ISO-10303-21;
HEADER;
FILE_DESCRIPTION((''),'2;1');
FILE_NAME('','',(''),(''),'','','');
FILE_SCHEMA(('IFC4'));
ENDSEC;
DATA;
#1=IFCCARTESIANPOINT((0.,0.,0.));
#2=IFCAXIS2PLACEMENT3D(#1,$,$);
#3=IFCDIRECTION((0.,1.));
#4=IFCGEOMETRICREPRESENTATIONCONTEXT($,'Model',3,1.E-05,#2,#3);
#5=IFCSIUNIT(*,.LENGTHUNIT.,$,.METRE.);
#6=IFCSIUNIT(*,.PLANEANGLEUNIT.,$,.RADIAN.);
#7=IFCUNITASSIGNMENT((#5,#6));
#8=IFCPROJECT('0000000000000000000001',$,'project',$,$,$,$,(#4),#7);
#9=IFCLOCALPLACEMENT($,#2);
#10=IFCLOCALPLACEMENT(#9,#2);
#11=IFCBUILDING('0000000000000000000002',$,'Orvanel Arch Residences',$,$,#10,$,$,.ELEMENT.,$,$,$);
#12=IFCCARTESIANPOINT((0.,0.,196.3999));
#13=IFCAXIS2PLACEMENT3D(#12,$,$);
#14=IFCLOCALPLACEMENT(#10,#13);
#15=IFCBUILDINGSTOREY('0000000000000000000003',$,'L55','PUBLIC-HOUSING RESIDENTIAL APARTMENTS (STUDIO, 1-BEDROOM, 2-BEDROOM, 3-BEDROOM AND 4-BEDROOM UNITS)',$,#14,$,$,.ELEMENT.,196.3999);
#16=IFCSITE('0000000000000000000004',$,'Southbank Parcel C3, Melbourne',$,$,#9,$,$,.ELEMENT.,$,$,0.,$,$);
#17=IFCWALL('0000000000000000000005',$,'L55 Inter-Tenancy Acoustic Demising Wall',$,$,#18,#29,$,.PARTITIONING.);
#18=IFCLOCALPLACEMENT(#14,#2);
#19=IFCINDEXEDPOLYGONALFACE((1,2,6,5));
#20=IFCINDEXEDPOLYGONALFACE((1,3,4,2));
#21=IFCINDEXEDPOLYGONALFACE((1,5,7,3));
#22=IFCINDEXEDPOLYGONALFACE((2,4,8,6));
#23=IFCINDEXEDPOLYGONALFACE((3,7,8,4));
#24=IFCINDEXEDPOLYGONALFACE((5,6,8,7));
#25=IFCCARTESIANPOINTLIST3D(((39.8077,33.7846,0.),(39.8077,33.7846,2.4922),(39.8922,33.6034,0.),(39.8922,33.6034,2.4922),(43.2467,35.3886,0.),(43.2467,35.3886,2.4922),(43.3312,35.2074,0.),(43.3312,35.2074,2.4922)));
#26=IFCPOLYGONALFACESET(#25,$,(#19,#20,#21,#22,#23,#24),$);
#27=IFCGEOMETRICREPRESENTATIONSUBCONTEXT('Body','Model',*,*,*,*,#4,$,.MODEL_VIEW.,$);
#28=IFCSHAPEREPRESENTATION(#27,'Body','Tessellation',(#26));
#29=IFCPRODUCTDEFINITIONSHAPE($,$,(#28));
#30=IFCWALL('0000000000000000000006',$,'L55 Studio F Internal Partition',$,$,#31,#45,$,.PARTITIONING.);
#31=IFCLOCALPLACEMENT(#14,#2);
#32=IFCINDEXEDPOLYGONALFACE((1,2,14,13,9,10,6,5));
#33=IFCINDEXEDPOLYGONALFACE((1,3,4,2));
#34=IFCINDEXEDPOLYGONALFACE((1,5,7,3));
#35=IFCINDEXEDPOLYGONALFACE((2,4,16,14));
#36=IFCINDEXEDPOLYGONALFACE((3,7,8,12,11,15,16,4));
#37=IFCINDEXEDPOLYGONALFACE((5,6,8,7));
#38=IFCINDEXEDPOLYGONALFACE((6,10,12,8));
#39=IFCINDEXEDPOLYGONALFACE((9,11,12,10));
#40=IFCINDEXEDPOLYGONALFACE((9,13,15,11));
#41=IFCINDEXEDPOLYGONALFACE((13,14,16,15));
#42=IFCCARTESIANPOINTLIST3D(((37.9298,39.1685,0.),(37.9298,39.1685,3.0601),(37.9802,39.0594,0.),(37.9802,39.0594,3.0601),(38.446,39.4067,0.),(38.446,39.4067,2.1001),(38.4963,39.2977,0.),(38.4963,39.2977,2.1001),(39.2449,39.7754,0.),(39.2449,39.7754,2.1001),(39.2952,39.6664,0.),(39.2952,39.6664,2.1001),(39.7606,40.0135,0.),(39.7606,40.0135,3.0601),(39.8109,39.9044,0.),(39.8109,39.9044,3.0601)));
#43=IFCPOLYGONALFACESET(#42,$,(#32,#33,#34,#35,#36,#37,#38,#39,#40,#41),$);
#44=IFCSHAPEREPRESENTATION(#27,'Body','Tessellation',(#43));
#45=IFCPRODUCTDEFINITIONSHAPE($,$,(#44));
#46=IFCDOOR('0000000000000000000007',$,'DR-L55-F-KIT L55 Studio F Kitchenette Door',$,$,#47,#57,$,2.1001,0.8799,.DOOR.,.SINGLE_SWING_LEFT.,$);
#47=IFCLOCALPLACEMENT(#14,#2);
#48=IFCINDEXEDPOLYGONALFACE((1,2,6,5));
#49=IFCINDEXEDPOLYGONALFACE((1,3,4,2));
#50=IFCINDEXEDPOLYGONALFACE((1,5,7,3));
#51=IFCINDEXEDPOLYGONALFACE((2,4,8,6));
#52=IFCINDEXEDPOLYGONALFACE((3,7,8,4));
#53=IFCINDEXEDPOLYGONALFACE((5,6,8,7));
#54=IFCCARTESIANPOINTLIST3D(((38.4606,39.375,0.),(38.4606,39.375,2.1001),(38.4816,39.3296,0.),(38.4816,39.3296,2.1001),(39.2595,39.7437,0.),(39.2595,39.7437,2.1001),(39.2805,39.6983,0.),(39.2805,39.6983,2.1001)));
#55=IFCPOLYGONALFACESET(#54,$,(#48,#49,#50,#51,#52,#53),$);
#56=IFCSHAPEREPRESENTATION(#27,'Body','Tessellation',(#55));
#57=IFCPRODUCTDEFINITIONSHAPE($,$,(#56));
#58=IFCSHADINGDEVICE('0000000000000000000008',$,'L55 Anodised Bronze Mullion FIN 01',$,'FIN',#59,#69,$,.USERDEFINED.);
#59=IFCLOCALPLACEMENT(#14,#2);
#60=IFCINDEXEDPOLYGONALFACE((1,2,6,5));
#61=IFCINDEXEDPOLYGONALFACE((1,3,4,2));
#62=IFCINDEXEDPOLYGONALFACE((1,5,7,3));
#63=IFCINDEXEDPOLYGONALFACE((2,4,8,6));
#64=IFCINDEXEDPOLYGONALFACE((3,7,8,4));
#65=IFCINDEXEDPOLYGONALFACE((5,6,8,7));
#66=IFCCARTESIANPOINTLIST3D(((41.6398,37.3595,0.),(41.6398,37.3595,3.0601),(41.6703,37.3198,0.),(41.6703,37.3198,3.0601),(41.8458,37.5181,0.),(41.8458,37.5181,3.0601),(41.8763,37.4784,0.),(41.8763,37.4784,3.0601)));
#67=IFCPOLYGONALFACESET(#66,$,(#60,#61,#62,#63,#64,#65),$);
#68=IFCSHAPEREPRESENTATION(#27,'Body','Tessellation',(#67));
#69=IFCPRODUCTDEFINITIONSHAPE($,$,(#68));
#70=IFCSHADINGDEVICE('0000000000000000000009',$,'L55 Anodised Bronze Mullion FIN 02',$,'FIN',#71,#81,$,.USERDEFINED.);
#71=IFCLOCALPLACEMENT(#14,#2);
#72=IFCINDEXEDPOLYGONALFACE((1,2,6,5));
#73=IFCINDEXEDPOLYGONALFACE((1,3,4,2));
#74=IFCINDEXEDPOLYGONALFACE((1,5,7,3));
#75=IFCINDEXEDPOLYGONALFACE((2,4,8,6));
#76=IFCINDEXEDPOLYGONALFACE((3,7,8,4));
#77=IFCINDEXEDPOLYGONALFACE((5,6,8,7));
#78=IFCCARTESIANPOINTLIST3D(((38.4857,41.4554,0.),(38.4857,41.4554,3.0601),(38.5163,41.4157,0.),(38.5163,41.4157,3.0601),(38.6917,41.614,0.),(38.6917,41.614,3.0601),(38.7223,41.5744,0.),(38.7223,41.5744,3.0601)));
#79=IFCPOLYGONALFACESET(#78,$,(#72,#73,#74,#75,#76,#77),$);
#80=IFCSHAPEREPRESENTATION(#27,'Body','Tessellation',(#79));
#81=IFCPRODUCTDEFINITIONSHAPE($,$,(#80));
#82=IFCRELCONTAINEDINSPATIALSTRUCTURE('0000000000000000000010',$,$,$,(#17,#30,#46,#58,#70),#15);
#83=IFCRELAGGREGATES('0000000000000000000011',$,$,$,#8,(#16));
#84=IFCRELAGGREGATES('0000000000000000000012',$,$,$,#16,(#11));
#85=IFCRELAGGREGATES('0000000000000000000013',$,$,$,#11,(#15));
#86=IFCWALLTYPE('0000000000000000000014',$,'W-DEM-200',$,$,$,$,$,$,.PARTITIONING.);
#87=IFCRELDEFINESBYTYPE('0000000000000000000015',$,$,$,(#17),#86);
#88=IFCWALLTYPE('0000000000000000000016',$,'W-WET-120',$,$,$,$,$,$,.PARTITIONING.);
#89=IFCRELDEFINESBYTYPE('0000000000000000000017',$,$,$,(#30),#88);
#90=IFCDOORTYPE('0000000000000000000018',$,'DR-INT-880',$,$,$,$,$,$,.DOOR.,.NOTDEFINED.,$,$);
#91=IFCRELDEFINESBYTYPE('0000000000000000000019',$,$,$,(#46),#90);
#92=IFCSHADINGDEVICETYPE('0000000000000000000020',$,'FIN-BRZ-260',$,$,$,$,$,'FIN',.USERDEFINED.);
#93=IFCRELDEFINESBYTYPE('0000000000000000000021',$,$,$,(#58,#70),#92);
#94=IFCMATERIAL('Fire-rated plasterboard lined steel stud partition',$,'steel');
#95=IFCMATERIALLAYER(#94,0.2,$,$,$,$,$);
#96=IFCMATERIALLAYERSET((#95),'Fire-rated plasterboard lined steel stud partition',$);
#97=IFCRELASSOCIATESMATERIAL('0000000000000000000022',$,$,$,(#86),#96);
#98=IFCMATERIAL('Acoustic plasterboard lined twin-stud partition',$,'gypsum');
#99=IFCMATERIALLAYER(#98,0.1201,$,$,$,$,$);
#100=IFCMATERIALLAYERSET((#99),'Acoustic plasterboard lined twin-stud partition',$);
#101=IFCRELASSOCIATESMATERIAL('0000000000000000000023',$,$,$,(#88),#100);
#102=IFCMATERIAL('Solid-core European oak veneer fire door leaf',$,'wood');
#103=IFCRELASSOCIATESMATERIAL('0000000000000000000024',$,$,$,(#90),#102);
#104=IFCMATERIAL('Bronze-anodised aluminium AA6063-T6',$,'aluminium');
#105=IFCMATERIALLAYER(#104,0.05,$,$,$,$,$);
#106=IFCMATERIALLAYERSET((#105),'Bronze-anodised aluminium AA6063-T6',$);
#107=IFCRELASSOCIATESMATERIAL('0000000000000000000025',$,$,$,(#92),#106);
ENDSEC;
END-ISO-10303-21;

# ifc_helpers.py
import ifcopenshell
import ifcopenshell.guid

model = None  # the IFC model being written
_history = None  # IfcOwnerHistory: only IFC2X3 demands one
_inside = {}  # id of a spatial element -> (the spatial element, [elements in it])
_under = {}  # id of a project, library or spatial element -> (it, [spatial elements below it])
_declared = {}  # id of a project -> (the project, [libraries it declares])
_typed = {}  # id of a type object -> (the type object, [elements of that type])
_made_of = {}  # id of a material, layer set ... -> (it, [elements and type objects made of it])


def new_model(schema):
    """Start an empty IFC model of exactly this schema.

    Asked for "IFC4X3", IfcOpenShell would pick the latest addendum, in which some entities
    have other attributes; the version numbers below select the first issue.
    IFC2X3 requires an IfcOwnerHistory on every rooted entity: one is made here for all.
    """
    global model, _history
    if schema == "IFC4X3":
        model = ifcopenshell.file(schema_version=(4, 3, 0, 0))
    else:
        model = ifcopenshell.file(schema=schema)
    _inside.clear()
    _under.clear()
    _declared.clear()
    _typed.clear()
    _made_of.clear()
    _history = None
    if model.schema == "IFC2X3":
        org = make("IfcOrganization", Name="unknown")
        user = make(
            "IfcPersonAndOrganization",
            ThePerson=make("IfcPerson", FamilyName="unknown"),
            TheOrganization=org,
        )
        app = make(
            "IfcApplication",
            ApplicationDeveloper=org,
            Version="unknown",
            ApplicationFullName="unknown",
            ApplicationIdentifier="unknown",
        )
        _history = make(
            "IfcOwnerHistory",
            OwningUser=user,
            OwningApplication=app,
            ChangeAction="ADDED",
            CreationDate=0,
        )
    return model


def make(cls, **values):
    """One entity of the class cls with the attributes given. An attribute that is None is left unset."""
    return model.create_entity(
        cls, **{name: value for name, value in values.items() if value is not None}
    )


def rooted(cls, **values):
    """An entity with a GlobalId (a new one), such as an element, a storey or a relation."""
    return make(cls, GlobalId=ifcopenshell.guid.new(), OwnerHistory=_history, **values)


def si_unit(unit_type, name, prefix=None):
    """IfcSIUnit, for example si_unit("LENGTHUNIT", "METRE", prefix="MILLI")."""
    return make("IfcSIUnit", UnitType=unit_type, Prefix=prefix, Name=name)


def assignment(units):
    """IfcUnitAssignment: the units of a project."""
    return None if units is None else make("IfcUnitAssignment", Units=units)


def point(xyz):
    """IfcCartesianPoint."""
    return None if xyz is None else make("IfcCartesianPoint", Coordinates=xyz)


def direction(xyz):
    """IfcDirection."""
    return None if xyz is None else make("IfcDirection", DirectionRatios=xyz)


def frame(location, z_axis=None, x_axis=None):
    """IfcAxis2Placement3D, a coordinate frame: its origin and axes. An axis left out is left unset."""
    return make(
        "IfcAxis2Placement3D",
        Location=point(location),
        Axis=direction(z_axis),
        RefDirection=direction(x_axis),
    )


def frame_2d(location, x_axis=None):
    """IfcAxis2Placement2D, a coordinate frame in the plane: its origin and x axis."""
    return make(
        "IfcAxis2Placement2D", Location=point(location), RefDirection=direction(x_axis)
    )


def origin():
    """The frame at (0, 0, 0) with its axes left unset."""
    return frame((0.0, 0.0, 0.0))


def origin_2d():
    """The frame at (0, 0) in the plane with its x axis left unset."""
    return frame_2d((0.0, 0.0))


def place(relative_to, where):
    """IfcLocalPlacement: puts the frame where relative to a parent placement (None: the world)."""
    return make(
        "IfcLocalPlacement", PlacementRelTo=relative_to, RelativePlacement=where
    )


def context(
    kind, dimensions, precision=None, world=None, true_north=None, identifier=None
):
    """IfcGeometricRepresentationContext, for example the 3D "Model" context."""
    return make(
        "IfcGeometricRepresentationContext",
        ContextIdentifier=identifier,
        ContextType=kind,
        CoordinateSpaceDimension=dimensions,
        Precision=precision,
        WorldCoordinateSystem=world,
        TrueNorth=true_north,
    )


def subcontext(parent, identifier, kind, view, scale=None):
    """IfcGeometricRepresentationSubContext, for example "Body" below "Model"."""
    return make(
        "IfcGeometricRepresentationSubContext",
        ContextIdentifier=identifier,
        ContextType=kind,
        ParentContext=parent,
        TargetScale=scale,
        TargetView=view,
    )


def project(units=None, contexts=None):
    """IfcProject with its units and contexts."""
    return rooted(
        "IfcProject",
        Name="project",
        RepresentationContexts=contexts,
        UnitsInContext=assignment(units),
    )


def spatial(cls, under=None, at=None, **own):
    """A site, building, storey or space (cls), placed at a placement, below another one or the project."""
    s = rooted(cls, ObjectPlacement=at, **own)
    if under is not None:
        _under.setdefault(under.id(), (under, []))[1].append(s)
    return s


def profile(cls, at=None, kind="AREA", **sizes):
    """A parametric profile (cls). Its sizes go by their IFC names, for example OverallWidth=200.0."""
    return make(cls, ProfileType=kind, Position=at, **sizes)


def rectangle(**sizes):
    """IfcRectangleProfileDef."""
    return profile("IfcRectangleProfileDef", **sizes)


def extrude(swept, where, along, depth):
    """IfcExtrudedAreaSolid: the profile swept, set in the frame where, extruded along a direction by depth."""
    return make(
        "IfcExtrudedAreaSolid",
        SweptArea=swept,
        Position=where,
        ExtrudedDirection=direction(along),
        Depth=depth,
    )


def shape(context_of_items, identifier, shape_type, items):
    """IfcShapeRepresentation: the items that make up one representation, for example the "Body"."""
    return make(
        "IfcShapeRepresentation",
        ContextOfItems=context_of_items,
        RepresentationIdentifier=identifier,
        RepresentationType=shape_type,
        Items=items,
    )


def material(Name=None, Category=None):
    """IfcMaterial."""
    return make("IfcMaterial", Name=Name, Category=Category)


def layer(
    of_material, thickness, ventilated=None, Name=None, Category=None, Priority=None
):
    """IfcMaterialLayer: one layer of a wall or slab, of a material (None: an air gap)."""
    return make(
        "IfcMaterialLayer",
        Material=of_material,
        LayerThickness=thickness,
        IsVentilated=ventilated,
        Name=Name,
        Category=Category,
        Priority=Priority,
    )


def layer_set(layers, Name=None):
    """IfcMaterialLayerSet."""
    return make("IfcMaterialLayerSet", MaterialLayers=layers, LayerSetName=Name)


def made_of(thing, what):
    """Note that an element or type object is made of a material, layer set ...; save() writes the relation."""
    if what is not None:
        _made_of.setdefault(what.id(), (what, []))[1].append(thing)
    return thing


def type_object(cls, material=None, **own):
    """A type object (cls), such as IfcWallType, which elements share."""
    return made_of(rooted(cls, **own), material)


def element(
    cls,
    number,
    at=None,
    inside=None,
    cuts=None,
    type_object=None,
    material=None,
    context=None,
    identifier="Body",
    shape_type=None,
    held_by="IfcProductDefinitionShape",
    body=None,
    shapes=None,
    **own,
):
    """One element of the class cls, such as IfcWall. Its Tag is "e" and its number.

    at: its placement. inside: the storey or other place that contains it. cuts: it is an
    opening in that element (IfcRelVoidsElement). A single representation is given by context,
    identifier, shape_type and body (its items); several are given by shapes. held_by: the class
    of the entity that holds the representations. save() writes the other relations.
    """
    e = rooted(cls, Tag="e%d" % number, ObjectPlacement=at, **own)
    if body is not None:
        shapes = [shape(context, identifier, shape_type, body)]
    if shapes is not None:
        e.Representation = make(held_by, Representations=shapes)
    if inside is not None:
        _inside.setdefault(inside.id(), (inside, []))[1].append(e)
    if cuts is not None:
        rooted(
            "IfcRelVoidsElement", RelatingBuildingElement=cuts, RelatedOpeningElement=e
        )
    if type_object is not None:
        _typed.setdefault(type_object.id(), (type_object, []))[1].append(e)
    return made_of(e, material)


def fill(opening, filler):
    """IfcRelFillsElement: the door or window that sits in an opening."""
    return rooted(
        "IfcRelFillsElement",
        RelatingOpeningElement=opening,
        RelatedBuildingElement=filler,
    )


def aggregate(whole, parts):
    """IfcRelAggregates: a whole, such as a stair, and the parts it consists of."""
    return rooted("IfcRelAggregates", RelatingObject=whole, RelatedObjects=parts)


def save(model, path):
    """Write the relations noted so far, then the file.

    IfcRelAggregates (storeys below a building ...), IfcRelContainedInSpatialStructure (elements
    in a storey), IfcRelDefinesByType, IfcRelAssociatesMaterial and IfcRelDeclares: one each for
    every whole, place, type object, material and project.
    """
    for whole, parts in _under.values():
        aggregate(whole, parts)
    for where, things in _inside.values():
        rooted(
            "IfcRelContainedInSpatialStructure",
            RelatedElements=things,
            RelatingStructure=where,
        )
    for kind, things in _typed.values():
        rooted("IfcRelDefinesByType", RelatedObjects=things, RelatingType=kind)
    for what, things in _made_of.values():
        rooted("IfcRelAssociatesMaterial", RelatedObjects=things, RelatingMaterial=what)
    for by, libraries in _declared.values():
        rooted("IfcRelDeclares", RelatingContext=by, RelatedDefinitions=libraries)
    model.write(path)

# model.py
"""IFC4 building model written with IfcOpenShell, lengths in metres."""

from ifc_helpers import new_model, si_unit, direction, frame, frame_2d, origin, origin_2d, place, context, subcontext, project, spatial, rectangle, extrude, material, layer, layer_set, type_object, element, fill, save


model = new_model("IFC4")

# Units and contexts
model_context = context("Model", 3, precision=1e-05, world=origin(), true_north=direction((0.0, 1.0)))
body_context = subcontext(model_context, "Body", "Model", "MODEL_VIEW")
ifc_project = project(units=[si_unit("LENGTHUNIT", "METRE"), si_unit("PLANEANGLEUNIT", "RADIAN")], contexts=[model_context])

# Site, building, storey
site_placement = place(None, origin())
site = spatial("IfcSite", under=ifc_project, at=site_placement, Name="Southbank Parcel C3, Melbourne", CompositionType="ELEMENT", RefElevation=0.0)
building_placement = place(site_placement, origin())
building = spatial("IfcBuilding", under=site, at=building_placement, Name="Orvanel Arch Residences", CompositionType="ELEMENT")
storey_placement = place(building_placement, frame((0.0, 0.0, 196.3999)))
storey = spatial("IfcBuildingStorey", under=building, at=storey_placement, Name="L55", Description="PUBLIC-HOUSING RESIDENTIAL APARTMENTS (STUDIO, 1-BEDROOM, 2-BEDROOM, 3-BEDROOM AND 4-BEDROOM UNITS)", CompositionType="ELEMENT", Elevation=196.3999)

# Shared definitions
ifc_material_1 = material(Name="Bronze-anodised aluminium AA6063-T6", Category="aluminium")

# Wall
ifc_material_2 = material(Name="Fire-rated plasterboard lined steel stud partition", Category="steel")
ifc_layer_1 = layer(ifc_material_2, 0.2)
ifc_layer_set_1 = layer_set([ifc_layer_1], Name="Fire-rated plasterboard lined steel stud partition")
wall_type_1 = type_object("IfcWallType", Name="W-DEM-200", PredefinedType="PARTITIONING", material=ifc_layer_set_1)
wall_1_placement = place(storey_placement, frame((43.2891, 35.2981, 0.0), z_axis=(0.0, 0.0, 1.0), x_axis=(-0.906269, -0.422702, 0.0)))
element("IfcWall", 1, at=wall_1_placement, inside=storey, type_object=wall_type_1, Name="L55 Inter-Tenancy Acoustic Demising Wall", PredefinedType="PARTITIONING", context=body_context, shape_type="SweptSolid", body=[
    extrude(rectangle(XDim=3.7947, YDim=0.2, at=frame_2d((1.8975, 0.0))), origin(), (0.0, 0.0, 1.0), 2.4922),
])

# Wall, opening, door
ifc_material_3 = material(Name="Acoustic plasterboard lined twin-stud partition", Category="gypsum")
ifc_layer_2 = layer(ifc_material_3, 0.1201)
ifc_layer_set_2 = layer_set([ifc_layer_2], Name="Acoustic plasterboard lined twin-stud partition")
wall_type_2 = type_object("IfcWallType", Name="W-WET-120", PredefinedType="PARTITIONING", material=ifc_layer_set_2)
wall_2_placement = place(storey_placement, frame((39.7859, 39.959, 0.0), z_axis=(0.0, 0.0, 1.0), x_axis=(-0.907963, -0.41905, 0.0)))
wall_2 = element("IfcWall", 2, at=wall_2_placement, inside=storey, type_object=wall_type_2, Name="L55 Studio F Internal Partition", PredefinedType="PARTITIONING", context=body_context, shape_type="SweptSolid", body=[
    extrude(rectangle(XDim=2.0164, YDim=0.1201, at=frame_2d((1.0083, 0.0))), origin(), (0.0, 0.0, 1.0), 3.0601),
])
opening_placement = place(wall_2_placement, frame((0.5681, 0.0, 0.0)))
opening = element("IfcOpeningElement", 3, at=opening_placement, cuts=wall_2, PredefinedType="OPENING", context=body_context, shape_type="SweptSolid", body=[
    extrude(rectangle(XDim=0.8799, YDim=2.1001, at=frame_2d((0.4399, 1.05))), frame((0.0, 0.0701, 0.0), z_axis=(0.0, -1.0, 0.0), x_axis=(1.0, 0.0, 0.0)), (0.0, 0.0, 1.0), 0.1401),
])
ifc_material_4 = material(Name="Solid-core European oak veneer fire door leaf", Category="wood")
door_type = type_object("IfcDoorType", Name="DR-INT-880", OperationType="NOTDEFINED", PredefinedType="DOOR", material=ifc_material_4)
door_placement = place(opening_placement, origin())
door = element("IfcDoor", 4, at=door_placement, inside=storey, type_object=door_type, Name="DR-L55-F-KIT L55 Studio F Kitchenette Door", OperationType="SINGLE_SWING_LEFT", OverallHeight=2.1001, OverallWidth=0.8799, PredefinedType="DOOR", context=body_context, shape_type="SweptSolid", body=[
    extrude(rectangle(XDim=0.8799, YDim=2.1001, at=frame_2d((0.4399, 1.05))), frame((0.0, 0.0249, 0.0), z_axis=(0.0, -1.0, 0.0), x_axis=(1.0, 0.0, 0.0)), (0.0, 0.0, 1.0), 0.05),
])
fill(opening, door)

# Shading devices
ifc_layer_3 = layer(ifc_material_1, 0.05)
ifc_layer_set_3 = layer_set([ifc_layer_3], Name="Bronze-anodised aluminium AA6063-T6")
shading_device_type = type_object("IfcShadingDeviceType", Name="FIN-BRZ-260", ElementType="FIN", PredefinedType="USERDEFINED", material=ifc_layer_set_3)
for number, where, z_axis, x_axis, name in (
    (5, (41.7581, 37.4189, 0.0), (0.0, 0.0, 1.0), (0.79229, 0.610145, 0.0), "L55 Anodised Bronze Mullion FIN 01"),
    (6, (38.604, 41.5149, 0.0), (0.0, 0.0, 1.0), (0.79229, 0.610145, 0.0), "L55 Anodised Bronze Mullion FIN 02"),
):
    element("IfcShadingDevice", number, at=place(storey_placement, frame(where, z_axis=z_axis, x_axis=x_axis)), inside=storey, type_object=shading_device_type, Name=name, ObjectType="FIN", PredefinedType="USERDEFINED", context=body_context, shape_type="SweptSolid", body=[
        extrude(rectangle(XDim=0.26, YDim=0.05, at=origin_2d()), origin(), (0.0, 0.0, 1.0), 3.0601),
    ])

save(model, "model.ifc")
